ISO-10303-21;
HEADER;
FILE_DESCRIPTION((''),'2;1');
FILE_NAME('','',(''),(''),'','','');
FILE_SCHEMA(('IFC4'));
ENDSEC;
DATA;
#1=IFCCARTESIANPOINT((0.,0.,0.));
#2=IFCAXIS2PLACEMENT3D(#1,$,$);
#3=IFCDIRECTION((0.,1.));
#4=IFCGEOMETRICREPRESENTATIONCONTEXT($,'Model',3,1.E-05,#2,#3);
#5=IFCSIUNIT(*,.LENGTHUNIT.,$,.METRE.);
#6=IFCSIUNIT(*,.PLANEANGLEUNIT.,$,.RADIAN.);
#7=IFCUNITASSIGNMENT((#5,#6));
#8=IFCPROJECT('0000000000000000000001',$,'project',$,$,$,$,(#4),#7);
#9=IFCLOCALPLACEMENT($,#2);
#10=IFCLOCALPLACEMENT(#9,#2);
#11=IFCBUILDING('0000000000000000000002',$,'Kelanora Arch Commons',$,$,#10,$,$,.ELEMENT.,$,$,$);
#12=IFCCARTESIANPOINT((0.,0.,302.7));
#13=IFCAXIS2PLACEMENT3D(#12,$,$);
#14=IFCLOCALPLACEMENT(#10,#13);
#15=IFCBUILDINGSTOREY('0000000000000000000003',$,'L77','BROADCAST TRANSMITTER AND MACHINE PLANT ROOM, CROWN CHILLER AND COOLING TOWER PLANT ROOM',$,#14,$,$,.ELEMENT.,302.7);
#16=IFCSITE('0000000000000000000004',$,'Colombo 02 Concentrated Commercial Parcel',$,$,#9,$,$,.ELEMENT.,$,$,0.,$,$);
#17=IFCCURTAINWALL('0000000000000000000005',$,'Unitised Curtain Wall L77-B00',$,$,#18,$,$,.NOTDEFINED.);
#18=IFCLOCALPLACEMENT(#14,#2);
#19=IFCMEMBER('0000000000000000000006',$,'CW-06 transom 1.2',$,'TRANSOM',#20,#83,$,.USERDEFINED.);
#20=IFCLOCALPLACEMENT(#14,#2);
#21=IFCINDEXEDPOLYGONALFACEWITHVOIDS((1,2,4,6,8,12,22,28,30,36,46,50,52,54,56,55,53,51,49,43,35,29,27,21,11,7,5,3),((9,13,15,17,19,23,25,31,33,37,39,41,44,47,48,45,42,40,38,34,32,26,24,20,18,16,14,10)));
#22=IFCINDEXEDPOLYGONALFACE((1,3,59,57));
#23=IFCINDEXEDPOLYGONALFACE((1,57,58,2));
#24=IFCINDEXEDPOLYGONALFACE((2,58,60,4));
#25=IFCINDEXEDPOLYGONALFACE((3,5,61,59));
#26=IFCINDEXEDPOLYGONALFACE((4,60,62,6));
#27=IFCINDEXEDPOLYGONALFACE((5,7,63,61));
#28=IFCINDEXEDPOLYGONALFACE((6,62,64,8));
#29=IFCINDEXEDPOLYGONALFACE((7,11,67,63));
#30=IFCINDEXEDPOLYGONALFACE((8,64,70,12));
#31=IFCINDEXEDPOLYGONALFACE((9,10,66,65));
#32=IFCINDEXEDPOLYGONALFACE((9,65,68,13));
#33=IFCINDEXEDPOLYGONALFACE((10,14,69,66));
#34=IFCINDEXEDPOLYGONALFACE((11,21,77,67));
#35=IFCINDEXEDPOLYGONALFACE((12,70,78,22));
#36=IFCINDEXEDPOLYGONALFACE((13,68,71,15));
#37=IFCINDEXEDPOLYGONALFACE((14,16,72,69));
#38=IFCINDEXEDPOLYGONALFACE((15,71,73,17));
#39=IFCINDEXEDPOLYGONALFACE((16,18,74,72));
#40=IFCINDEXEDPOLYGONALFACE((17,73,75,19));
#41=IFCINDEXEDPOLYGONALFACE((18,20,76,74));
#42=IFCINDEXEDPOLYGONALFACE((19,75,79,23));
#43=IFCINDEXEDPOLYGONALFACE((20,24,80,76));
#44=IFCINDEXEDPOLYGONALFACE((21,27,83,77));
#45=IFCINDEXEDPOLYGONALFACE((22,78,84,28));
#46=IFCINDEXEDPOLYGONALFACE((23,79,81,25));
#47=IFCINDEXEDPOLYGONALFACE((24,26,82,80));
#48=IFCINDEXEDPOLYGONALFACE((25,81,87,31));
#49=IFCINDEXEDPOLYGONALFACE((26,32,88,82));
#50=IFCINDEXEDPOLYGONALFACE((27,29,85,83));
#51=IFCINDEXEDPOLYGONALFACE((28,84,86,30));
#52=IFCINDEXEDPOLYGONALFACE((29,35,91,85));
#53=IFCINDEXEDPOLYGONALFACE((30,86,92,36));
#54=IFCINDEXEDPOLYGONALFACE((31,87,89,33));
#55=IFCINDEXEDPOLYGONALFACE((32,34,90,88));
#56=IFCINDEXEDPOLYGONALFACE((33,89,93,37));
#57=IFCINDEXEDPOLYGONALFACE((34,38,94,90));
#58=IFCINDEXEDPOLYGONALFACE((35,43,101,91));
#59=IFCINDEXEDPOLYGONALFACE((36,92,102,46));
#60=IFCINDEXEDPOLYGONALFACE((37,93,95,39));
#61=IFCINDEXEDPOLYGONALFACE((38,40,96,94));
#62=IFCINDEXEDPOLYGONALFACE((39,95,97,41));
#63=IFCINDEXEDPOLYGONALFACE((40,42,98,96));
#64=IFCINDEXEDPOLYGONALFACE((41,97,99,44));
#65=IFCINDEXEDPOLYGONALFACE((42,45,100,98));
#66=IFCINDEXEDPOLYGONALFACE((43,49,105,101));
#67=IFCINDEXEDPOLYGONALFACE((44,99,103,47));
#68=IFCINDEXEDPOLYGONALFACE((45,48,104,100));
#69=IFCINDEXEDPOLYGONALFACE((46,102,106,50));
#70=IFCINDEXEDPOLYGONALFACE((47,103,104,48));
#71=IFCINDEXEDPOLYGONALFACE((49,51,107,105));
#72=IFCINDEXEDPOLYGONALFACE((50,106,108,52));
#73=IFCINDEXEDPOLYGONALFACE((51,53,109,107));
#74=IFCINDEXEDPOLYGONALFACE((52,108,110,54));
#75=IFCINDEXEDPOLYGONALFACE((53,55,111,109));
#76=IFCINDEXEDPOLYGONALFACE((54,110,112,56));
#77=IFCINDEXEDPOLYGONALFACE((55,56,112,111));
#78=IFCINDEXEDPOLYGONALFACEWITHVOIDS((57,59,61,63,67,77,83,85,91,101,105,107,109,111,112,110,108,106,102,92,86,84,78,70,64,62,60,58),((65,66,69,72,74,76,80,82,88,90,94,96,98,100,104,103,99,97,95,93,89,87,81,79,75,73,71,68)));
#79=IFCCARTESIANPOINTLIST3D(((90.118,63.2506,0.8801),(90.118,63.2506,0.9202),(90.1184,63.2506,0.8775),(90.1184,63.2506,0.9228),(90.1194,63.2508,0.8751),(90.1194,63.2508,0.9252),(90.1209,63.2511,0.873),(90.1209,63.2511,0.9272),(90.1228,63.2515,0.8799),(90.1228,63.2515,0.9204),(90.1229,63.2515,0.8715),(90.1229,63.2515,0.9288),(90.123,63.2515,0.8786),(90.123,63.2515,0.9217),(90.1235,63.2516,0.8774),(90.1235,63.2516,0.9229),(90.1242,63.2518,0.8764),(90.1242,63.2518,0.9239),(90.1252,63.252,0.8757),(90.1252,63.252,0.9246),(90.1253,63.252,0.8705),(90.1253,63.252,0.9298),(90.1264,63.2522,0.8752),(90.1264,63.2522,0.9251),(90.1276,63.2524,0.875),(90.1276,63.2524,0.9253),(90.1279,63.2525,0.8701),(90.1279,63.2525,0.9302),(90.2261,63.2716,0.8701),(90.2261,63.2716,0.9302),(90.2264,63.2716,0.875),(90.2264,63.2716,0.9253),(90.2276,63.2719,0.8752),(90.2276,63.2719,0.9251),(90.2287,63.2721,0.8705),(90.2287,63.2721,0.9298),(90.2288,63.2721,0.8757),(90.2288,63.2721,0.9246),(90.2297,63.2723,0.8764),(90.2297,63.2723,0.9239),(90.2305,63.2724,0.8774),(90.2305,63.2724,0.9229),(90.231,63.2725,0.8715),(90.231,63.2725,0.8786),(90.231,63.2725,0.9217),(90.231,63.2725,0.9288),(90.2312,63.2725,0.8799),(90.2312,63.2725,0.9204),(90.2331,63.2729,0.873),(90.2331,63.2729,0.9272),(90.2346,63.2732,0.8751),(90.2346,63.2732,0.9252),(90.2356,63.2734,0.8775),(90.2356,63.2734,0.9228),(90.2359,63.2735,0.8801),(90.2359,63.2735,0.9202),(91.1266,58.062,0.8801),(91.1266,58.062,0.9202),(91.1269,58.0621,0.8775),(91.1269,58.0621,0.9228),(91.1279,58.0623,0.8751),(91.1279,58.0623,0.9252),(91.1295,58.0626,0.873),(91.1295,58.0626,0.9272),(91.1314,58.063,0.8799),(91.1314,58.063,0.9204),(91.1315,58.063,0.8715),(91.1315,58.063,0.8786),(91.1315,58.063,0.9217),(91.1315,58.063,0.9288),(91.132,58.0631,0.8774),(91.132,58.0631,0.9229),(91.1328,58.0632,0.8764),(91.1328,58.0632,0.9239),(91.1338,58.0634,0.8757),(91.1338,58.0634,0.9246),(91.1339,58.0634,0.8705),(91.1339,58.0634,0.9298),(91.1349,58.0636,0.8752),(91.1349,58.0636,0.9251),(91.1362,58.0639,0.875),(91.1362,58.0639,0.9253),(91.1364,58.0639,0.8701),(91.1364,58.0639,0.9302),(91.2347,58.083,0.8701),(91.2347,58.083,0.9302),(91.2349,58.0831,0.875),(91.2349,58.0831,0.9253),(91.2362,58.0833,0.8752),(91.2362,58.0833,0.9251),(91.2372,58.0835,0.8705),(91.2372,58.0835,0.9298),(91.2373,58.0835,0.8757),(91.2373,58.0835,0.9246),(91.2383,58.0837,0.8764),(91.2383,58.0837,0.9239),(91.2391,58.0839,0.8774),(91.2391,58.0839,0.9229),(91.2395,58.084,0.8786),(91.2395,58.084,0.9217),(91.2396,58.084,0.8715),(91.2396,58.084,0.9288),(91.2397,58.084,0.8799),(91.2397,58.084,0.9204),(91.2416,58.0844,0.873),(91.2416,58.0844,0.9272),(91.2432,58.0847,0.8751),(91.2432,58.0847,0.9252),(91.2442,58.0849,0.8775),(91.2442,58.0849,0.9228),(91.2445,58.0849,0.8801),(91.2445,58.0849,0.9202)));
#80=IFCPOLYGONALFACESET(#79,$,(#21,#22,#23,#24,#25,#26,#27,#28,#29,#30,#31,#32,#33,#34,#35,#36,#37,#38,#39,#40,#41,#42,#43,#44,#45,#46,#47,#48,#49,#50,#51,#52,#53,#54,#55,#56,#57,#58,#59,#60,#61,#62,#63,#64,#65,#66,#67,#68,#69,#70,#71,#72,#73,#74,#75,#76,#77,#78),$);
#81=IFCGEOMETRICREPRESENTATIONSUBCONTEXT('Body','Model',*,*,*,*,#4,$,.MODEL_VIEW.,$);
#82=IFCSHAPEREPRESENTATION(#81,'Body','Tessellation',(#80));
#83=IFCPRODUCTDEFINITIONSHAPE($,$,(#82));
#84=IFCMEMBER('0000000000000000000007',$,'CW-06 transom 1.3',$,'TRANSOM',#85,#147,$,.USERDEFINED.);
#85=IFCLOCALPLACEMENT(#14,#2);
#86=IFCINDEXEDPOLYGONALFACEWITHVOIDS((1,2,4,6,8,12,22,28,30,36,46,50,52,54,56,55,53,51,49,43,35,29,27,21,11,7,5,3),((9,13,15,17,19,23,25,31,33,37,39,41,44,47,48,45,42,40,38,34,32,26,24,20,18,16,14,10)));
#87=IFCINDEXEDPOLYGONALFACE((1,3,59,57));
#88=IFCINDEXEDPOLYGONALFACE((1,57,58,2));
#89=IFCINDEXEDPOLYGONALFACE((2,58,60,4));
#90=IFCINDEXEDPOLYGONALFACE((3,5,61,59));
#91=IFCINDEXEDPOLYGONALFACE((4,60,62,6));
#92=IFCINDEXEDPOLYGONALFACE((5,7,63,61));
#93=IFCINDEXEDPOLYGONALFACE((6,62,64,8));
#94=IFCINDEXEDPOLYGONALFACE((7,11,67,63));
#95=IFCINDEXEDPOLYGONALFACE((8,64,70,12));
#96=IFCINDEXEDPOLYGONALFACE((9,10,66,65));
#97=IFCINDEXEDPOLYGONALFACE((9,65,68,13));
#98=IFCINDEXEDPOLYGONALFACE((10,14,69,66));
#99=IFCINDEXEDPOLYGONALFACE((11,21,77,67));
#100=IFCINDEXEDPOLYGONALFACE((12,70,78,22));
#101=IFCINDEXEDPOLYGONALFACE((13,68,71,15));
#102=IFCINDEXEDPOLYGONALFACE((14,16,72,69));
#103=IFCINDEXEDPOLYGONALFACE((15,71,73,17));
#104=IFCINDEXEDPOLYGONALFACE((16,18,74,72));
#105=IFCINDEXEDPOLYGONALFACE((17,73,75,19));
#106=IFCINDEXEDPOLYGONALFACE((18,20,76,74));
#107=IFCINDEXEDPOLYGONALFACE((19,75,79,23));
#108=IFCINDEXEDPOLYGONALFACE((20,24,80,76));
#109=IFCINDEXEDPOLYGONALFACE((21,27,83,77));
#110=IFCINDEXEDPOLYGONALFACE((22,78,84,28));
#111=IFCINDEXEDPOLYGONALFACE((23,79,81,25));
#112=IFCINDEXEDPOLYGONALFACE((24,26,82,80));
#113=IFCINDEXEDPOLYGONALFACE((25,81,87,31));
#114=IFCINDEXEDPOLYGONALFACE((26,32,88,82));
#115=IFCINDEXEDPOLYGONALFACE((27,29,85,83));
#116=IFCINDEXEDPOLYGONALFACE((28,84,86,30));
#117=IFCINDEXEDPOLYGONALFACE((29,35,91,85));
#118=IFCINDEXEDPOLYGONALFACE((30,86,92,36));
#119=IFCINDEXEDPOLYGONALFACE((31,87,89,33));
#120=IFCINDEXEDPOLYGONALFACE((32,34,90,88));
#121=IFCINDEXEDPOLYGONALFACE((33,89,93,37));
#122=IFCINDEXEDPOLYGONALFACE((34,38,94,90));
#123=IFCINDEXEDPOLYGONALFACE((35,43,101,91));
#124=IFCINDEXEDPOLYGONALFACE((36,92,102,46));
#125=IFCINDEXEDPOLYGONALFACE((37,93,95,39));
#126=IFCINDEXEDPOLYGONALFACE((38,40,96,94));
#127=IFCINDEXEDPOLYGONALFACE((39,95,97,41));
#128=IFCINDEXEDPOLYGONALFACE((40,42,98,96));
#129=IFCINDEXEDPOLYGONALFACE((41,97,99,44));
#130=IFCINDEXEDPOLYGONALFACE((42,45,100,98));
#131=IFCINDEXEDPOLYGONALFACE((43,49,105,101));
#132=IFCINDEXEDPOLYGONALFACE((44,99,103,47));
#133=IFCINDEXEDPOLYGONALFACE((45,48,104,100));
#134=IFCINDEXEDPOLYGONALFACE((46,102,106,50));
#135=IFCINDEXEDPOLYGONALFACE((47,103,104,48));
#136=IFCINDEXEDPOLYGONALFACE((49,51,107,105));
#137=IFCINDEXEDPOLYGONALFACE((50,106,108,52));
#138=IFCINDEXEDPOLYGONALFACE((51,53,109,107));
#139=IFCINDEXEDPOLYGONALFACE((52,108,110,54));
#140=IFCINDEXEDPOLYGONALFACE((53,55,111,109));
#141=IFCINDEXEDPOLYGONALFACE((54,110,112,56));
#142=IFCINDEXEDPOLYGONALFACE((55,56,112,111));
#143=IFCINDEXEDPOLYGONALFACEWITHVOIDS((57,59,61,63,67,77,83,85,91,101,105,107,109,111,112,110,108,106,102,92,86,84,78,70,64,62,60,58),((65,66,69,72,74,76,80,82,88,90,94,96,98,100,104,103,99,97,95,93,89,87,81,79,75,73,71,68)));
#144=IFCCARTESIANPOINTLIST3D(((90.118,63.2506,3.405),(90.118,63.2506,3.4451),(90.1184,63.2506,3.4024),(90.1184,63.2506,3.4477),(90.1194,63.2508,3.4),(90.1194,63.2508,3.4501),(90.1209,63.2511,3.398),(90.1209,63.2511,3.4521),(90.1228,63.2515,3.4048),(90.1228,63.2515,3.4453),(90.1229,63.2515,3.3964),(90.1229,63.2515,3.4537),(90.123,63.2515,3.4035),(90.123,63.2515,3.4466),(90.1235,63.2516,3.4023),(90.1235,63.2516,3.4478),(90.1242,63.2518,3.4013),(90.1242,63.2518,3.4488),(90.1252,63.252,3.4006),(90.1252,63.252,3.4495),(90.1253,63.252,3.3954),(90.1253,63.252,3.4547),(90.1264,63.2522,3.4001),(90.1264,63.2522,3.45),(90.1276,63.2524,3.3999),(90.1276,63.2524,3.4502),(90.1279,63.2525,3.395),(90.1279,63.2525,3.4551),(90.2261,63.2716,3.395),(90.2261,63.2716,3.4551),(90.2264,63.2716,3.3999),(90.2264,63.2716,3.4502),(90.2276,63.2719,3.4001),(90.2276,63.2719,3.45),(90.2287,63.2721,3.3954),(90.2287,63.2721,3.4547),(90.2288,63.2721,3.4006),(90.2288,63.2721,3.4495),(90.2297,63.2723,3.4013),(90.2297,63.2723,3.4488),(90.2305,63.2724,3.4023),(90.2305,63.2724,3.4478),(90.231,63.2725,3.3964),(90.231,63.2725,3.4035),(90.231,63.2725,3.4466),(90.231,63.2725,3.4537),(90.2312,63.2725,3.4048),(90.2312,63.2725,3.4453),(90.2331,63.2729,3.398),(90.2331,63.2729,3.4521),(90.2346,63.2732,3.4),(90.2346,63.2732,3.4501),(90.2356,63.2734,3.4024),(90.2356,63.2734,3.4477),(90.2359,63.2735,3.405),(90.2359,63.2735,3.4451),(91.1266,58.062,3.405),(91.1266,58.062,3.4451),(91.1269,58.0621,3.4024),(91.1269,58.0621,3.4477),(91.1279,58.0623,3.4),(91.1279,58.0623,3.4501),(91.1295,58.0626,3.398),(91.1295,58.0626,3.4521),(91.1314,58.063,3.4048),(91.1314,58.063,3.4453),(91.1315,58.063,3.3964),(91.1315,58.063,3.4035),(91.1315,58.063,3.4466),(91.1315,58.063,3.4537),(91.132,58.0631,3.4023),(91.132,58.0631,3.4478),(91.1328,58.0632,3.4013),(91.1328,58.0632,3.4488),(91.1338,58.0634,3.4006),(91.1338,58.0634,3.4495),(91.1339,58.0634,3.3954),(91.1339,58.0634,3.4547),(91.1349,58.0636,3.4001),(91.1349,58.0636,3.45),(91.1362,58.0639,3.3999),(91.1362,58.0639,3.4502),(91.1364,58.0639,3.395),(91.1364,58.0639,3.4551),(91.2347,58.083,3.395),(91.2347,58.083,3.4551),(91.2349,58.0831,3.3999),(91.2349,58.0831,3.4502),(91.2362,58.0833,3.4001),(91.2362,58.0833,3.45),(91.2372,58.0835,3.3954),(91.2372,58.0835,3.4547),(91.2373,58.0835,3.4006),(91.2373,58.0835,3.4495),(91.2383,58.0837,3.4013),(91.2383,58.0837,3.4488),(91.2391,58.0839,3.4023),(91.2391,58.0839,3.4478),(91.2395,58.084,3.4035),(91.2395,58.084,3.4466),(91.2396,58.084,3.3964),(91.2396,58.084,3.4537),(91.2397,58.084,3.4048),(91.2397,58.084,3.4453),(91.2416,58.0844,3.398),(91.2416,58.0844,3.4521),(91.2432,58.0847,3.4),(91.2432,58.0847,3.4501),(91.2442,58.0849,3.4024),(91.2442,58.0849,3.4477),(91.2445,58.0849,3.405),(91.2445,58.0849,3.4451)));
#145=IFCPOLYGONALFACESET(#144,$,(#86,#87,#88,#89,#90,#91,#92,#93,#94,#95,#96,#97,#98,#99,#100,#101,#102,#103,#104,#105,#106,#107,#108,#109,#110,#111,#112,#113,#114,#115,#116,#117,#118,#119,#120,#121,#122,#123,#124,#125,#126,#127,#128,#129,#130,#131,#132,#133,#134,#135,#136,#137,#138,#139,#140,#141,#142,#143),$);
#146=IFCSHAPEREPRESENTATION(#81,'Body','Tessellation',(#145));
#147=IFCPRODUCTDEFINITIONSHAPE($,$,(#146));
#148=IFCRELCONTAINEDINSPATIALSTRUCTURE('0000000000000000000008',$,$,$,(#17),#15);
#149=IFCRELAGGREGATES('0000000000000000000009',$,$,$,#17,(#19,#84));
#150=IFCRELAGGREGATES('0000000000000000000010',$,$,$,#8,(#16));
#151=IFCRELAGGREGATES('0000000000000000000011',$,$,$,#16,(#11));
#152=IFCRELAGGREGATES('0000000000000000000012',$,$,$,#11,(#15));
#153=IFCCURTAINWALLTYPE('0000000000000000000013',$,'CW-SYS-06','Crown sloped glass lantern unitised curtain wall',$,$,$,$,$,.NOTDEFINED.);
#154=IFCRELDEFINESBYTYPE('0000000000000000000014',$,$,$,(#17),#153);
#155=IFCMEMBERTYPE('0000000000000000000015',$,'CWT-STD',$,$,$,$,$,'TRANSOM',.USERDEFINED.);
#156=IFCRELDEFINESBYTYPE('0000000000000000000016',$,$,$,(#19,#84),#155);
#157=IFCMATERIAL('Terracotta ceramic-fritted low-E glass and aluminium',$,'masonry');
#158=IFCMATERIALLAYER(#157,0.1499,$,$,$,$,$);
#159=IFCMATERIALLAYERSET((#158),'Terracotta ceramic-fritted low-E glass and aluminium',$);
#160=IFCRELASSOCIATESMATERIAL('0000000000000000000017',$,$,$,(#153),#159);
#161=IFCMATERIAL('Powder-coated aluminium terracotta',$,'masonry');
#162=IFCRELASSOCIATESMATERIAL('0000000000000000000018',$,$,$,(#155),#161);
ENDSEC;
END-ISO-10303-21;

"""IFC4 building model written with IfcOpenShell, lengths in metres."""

from ifc_helpers import new_model, si_unit, direction, frame, origin, origin_2d, place, context, subcontext, project, spatial, hollow_rectangle, extrude, material, layer, layer_set, material_profile, profile_set, type_object, element, aggregate, save


model = new_model("IFC4")

# Units and contexts
model_context = context("Model", 3, precision=1e-05, world=origin(), true_north=direction((0.0, 1.0)))
body_context = subcontext(model_context, "Body", "Model", "MODEL_VIEW")
ifc_project = project(units=[si_unit("LENGTHUNIT", "METRE"), si_unit("PLANEANGLEUNIT", "RADIAN")], contexts=[model_context])

# Site, building, storey
site_placement = place(None, origin())
site = spatial("IfcSite", under=ifc_project, at=site_placement, Name="Colombo 02 Concentrated Commercial Parcel", CompositionType="ELEMENT", RefElevation=0.0)
building_placement = place(site_placement, origin())
building = spatial("IfcBuilding", under=site, at=building_placement, Name="Kelanora Arch Commons", CompositionType="ELEMENT")
storey_placement = place(building_placement, frame((0.0, 0.0, 302.7)))
storey = spatial("IfcBuildingStorey", under=building, at=storey_placement, Name="L77", Description="BROADCAST TRANSMITTER AND MACHINE PLANT ROOM, CROWN CHILLER AND COOLING TOWER PLANT ROOM", CompositionType="ELEMENT", Elevation=302.7)

# Curtain wall
ifc_material_1 = material(Name="Terracotta ceramic-fritted low-E glass and aluminium", Category="masonry")
ifc_layer_1 = layer(ifc_material_1, 0.1499)
ifc_layer_set_1 = layer_set([ifc_layer_1], Name="Terracotta ceramic-fritted low-E glass and aluminium")
curtain_wall_type = type_object("IfcCurtainWallType", Name="CW-SYS-06", Description="Crown sloped glass lantern unitised curtain wall", PredefinedType="NOTDEFINED", material=ifc_layer_set_1)
curtain_wall_1_placement = place(storey_placement, origin())
curtain_wall_1 = element("IfcCurtainWall", 1, at=curtain_wall_1_placement, inside=storey, type_object=curtain_wall_type, Name="Unitised Curtain Wall L77-B00", PredefinedType="NOTDEFINED")
ifc_material_2 = material(Name="Powder-coated aluminium terracotta", Category="masonry")

# Members
ifc_material_profile_1 = material_profile(ifc_material_2, hollow_rectangle(XDim=0.1201, YDim=0.0601, WallThickness=0.0049, InnerFilletRadius=0.0049, OuterFilletRadius=0.01, at=origin_2d()), Name="CWT120x60")
ifc_profile_set_1 = profile_set([ifc_material_profile_1], Name="Powder-coated aluminium terracotta")
member_type_1 = type_object("IfcMemberType", Name="CWT-STD", ElementType="TRANSOM", PredefinedType="USERDEFINED", material=ifc_profile_set_1)
member_1_placement = place(storey_placement, frame((91.1855, 58.0735, 0.9001), z_axis=(-0.19081, 0.981627, 0.0), x_axis=(-0.981627, -0.19081, 0.0)))
member_1 = element("IfcMember", 2, at=member_1_placement, type_object=member_type_1, Name="CW-06 transom 1.2", ObjectType="TRANSOM", PredefinedType="USERDEFINED", context=body_context, shape_type="SweptSolid", body=[
    extrude(hollow_rectangle(XDim=0.1201, YDim=0.0601, WallThickness=0.0049, InnerFilletRadius=0.0049, OuterFilletRadius=0.01, at=origin_2d()), origin(), (0.0, 0.0, 1.0), 5.2856),
])
member_2_placement = place(storey_placement, frame((91.1855, 58.0735, 3.425), z_axis=(-0.19081, 0.981627, 0.0), x_axis=(-0.981627, -0.19081, 0.0)))
member_2 = element("IfcMember", 3, at=member_2_placement, type_object=member_type_1, Name="CW-06 transom 1.3", ObjectType="TRANSOM", PredefinedType="USERDEFINED", context=body_context, shape_type="SweptSolid", body=[
    extrude(hollow_rectangle(XDim=0.1201, YDim=0.0601, WallThickness=0.0049, InnerFilletRadius=0.0049, OuterFilletRadius=0.01, at=origin_2d()), origin(), (0.0, 0.0, 1.0), 5.2856),
])

aggregate(curtain_wall_1, [member_1, member_2])

save(model, "model.ifc")
